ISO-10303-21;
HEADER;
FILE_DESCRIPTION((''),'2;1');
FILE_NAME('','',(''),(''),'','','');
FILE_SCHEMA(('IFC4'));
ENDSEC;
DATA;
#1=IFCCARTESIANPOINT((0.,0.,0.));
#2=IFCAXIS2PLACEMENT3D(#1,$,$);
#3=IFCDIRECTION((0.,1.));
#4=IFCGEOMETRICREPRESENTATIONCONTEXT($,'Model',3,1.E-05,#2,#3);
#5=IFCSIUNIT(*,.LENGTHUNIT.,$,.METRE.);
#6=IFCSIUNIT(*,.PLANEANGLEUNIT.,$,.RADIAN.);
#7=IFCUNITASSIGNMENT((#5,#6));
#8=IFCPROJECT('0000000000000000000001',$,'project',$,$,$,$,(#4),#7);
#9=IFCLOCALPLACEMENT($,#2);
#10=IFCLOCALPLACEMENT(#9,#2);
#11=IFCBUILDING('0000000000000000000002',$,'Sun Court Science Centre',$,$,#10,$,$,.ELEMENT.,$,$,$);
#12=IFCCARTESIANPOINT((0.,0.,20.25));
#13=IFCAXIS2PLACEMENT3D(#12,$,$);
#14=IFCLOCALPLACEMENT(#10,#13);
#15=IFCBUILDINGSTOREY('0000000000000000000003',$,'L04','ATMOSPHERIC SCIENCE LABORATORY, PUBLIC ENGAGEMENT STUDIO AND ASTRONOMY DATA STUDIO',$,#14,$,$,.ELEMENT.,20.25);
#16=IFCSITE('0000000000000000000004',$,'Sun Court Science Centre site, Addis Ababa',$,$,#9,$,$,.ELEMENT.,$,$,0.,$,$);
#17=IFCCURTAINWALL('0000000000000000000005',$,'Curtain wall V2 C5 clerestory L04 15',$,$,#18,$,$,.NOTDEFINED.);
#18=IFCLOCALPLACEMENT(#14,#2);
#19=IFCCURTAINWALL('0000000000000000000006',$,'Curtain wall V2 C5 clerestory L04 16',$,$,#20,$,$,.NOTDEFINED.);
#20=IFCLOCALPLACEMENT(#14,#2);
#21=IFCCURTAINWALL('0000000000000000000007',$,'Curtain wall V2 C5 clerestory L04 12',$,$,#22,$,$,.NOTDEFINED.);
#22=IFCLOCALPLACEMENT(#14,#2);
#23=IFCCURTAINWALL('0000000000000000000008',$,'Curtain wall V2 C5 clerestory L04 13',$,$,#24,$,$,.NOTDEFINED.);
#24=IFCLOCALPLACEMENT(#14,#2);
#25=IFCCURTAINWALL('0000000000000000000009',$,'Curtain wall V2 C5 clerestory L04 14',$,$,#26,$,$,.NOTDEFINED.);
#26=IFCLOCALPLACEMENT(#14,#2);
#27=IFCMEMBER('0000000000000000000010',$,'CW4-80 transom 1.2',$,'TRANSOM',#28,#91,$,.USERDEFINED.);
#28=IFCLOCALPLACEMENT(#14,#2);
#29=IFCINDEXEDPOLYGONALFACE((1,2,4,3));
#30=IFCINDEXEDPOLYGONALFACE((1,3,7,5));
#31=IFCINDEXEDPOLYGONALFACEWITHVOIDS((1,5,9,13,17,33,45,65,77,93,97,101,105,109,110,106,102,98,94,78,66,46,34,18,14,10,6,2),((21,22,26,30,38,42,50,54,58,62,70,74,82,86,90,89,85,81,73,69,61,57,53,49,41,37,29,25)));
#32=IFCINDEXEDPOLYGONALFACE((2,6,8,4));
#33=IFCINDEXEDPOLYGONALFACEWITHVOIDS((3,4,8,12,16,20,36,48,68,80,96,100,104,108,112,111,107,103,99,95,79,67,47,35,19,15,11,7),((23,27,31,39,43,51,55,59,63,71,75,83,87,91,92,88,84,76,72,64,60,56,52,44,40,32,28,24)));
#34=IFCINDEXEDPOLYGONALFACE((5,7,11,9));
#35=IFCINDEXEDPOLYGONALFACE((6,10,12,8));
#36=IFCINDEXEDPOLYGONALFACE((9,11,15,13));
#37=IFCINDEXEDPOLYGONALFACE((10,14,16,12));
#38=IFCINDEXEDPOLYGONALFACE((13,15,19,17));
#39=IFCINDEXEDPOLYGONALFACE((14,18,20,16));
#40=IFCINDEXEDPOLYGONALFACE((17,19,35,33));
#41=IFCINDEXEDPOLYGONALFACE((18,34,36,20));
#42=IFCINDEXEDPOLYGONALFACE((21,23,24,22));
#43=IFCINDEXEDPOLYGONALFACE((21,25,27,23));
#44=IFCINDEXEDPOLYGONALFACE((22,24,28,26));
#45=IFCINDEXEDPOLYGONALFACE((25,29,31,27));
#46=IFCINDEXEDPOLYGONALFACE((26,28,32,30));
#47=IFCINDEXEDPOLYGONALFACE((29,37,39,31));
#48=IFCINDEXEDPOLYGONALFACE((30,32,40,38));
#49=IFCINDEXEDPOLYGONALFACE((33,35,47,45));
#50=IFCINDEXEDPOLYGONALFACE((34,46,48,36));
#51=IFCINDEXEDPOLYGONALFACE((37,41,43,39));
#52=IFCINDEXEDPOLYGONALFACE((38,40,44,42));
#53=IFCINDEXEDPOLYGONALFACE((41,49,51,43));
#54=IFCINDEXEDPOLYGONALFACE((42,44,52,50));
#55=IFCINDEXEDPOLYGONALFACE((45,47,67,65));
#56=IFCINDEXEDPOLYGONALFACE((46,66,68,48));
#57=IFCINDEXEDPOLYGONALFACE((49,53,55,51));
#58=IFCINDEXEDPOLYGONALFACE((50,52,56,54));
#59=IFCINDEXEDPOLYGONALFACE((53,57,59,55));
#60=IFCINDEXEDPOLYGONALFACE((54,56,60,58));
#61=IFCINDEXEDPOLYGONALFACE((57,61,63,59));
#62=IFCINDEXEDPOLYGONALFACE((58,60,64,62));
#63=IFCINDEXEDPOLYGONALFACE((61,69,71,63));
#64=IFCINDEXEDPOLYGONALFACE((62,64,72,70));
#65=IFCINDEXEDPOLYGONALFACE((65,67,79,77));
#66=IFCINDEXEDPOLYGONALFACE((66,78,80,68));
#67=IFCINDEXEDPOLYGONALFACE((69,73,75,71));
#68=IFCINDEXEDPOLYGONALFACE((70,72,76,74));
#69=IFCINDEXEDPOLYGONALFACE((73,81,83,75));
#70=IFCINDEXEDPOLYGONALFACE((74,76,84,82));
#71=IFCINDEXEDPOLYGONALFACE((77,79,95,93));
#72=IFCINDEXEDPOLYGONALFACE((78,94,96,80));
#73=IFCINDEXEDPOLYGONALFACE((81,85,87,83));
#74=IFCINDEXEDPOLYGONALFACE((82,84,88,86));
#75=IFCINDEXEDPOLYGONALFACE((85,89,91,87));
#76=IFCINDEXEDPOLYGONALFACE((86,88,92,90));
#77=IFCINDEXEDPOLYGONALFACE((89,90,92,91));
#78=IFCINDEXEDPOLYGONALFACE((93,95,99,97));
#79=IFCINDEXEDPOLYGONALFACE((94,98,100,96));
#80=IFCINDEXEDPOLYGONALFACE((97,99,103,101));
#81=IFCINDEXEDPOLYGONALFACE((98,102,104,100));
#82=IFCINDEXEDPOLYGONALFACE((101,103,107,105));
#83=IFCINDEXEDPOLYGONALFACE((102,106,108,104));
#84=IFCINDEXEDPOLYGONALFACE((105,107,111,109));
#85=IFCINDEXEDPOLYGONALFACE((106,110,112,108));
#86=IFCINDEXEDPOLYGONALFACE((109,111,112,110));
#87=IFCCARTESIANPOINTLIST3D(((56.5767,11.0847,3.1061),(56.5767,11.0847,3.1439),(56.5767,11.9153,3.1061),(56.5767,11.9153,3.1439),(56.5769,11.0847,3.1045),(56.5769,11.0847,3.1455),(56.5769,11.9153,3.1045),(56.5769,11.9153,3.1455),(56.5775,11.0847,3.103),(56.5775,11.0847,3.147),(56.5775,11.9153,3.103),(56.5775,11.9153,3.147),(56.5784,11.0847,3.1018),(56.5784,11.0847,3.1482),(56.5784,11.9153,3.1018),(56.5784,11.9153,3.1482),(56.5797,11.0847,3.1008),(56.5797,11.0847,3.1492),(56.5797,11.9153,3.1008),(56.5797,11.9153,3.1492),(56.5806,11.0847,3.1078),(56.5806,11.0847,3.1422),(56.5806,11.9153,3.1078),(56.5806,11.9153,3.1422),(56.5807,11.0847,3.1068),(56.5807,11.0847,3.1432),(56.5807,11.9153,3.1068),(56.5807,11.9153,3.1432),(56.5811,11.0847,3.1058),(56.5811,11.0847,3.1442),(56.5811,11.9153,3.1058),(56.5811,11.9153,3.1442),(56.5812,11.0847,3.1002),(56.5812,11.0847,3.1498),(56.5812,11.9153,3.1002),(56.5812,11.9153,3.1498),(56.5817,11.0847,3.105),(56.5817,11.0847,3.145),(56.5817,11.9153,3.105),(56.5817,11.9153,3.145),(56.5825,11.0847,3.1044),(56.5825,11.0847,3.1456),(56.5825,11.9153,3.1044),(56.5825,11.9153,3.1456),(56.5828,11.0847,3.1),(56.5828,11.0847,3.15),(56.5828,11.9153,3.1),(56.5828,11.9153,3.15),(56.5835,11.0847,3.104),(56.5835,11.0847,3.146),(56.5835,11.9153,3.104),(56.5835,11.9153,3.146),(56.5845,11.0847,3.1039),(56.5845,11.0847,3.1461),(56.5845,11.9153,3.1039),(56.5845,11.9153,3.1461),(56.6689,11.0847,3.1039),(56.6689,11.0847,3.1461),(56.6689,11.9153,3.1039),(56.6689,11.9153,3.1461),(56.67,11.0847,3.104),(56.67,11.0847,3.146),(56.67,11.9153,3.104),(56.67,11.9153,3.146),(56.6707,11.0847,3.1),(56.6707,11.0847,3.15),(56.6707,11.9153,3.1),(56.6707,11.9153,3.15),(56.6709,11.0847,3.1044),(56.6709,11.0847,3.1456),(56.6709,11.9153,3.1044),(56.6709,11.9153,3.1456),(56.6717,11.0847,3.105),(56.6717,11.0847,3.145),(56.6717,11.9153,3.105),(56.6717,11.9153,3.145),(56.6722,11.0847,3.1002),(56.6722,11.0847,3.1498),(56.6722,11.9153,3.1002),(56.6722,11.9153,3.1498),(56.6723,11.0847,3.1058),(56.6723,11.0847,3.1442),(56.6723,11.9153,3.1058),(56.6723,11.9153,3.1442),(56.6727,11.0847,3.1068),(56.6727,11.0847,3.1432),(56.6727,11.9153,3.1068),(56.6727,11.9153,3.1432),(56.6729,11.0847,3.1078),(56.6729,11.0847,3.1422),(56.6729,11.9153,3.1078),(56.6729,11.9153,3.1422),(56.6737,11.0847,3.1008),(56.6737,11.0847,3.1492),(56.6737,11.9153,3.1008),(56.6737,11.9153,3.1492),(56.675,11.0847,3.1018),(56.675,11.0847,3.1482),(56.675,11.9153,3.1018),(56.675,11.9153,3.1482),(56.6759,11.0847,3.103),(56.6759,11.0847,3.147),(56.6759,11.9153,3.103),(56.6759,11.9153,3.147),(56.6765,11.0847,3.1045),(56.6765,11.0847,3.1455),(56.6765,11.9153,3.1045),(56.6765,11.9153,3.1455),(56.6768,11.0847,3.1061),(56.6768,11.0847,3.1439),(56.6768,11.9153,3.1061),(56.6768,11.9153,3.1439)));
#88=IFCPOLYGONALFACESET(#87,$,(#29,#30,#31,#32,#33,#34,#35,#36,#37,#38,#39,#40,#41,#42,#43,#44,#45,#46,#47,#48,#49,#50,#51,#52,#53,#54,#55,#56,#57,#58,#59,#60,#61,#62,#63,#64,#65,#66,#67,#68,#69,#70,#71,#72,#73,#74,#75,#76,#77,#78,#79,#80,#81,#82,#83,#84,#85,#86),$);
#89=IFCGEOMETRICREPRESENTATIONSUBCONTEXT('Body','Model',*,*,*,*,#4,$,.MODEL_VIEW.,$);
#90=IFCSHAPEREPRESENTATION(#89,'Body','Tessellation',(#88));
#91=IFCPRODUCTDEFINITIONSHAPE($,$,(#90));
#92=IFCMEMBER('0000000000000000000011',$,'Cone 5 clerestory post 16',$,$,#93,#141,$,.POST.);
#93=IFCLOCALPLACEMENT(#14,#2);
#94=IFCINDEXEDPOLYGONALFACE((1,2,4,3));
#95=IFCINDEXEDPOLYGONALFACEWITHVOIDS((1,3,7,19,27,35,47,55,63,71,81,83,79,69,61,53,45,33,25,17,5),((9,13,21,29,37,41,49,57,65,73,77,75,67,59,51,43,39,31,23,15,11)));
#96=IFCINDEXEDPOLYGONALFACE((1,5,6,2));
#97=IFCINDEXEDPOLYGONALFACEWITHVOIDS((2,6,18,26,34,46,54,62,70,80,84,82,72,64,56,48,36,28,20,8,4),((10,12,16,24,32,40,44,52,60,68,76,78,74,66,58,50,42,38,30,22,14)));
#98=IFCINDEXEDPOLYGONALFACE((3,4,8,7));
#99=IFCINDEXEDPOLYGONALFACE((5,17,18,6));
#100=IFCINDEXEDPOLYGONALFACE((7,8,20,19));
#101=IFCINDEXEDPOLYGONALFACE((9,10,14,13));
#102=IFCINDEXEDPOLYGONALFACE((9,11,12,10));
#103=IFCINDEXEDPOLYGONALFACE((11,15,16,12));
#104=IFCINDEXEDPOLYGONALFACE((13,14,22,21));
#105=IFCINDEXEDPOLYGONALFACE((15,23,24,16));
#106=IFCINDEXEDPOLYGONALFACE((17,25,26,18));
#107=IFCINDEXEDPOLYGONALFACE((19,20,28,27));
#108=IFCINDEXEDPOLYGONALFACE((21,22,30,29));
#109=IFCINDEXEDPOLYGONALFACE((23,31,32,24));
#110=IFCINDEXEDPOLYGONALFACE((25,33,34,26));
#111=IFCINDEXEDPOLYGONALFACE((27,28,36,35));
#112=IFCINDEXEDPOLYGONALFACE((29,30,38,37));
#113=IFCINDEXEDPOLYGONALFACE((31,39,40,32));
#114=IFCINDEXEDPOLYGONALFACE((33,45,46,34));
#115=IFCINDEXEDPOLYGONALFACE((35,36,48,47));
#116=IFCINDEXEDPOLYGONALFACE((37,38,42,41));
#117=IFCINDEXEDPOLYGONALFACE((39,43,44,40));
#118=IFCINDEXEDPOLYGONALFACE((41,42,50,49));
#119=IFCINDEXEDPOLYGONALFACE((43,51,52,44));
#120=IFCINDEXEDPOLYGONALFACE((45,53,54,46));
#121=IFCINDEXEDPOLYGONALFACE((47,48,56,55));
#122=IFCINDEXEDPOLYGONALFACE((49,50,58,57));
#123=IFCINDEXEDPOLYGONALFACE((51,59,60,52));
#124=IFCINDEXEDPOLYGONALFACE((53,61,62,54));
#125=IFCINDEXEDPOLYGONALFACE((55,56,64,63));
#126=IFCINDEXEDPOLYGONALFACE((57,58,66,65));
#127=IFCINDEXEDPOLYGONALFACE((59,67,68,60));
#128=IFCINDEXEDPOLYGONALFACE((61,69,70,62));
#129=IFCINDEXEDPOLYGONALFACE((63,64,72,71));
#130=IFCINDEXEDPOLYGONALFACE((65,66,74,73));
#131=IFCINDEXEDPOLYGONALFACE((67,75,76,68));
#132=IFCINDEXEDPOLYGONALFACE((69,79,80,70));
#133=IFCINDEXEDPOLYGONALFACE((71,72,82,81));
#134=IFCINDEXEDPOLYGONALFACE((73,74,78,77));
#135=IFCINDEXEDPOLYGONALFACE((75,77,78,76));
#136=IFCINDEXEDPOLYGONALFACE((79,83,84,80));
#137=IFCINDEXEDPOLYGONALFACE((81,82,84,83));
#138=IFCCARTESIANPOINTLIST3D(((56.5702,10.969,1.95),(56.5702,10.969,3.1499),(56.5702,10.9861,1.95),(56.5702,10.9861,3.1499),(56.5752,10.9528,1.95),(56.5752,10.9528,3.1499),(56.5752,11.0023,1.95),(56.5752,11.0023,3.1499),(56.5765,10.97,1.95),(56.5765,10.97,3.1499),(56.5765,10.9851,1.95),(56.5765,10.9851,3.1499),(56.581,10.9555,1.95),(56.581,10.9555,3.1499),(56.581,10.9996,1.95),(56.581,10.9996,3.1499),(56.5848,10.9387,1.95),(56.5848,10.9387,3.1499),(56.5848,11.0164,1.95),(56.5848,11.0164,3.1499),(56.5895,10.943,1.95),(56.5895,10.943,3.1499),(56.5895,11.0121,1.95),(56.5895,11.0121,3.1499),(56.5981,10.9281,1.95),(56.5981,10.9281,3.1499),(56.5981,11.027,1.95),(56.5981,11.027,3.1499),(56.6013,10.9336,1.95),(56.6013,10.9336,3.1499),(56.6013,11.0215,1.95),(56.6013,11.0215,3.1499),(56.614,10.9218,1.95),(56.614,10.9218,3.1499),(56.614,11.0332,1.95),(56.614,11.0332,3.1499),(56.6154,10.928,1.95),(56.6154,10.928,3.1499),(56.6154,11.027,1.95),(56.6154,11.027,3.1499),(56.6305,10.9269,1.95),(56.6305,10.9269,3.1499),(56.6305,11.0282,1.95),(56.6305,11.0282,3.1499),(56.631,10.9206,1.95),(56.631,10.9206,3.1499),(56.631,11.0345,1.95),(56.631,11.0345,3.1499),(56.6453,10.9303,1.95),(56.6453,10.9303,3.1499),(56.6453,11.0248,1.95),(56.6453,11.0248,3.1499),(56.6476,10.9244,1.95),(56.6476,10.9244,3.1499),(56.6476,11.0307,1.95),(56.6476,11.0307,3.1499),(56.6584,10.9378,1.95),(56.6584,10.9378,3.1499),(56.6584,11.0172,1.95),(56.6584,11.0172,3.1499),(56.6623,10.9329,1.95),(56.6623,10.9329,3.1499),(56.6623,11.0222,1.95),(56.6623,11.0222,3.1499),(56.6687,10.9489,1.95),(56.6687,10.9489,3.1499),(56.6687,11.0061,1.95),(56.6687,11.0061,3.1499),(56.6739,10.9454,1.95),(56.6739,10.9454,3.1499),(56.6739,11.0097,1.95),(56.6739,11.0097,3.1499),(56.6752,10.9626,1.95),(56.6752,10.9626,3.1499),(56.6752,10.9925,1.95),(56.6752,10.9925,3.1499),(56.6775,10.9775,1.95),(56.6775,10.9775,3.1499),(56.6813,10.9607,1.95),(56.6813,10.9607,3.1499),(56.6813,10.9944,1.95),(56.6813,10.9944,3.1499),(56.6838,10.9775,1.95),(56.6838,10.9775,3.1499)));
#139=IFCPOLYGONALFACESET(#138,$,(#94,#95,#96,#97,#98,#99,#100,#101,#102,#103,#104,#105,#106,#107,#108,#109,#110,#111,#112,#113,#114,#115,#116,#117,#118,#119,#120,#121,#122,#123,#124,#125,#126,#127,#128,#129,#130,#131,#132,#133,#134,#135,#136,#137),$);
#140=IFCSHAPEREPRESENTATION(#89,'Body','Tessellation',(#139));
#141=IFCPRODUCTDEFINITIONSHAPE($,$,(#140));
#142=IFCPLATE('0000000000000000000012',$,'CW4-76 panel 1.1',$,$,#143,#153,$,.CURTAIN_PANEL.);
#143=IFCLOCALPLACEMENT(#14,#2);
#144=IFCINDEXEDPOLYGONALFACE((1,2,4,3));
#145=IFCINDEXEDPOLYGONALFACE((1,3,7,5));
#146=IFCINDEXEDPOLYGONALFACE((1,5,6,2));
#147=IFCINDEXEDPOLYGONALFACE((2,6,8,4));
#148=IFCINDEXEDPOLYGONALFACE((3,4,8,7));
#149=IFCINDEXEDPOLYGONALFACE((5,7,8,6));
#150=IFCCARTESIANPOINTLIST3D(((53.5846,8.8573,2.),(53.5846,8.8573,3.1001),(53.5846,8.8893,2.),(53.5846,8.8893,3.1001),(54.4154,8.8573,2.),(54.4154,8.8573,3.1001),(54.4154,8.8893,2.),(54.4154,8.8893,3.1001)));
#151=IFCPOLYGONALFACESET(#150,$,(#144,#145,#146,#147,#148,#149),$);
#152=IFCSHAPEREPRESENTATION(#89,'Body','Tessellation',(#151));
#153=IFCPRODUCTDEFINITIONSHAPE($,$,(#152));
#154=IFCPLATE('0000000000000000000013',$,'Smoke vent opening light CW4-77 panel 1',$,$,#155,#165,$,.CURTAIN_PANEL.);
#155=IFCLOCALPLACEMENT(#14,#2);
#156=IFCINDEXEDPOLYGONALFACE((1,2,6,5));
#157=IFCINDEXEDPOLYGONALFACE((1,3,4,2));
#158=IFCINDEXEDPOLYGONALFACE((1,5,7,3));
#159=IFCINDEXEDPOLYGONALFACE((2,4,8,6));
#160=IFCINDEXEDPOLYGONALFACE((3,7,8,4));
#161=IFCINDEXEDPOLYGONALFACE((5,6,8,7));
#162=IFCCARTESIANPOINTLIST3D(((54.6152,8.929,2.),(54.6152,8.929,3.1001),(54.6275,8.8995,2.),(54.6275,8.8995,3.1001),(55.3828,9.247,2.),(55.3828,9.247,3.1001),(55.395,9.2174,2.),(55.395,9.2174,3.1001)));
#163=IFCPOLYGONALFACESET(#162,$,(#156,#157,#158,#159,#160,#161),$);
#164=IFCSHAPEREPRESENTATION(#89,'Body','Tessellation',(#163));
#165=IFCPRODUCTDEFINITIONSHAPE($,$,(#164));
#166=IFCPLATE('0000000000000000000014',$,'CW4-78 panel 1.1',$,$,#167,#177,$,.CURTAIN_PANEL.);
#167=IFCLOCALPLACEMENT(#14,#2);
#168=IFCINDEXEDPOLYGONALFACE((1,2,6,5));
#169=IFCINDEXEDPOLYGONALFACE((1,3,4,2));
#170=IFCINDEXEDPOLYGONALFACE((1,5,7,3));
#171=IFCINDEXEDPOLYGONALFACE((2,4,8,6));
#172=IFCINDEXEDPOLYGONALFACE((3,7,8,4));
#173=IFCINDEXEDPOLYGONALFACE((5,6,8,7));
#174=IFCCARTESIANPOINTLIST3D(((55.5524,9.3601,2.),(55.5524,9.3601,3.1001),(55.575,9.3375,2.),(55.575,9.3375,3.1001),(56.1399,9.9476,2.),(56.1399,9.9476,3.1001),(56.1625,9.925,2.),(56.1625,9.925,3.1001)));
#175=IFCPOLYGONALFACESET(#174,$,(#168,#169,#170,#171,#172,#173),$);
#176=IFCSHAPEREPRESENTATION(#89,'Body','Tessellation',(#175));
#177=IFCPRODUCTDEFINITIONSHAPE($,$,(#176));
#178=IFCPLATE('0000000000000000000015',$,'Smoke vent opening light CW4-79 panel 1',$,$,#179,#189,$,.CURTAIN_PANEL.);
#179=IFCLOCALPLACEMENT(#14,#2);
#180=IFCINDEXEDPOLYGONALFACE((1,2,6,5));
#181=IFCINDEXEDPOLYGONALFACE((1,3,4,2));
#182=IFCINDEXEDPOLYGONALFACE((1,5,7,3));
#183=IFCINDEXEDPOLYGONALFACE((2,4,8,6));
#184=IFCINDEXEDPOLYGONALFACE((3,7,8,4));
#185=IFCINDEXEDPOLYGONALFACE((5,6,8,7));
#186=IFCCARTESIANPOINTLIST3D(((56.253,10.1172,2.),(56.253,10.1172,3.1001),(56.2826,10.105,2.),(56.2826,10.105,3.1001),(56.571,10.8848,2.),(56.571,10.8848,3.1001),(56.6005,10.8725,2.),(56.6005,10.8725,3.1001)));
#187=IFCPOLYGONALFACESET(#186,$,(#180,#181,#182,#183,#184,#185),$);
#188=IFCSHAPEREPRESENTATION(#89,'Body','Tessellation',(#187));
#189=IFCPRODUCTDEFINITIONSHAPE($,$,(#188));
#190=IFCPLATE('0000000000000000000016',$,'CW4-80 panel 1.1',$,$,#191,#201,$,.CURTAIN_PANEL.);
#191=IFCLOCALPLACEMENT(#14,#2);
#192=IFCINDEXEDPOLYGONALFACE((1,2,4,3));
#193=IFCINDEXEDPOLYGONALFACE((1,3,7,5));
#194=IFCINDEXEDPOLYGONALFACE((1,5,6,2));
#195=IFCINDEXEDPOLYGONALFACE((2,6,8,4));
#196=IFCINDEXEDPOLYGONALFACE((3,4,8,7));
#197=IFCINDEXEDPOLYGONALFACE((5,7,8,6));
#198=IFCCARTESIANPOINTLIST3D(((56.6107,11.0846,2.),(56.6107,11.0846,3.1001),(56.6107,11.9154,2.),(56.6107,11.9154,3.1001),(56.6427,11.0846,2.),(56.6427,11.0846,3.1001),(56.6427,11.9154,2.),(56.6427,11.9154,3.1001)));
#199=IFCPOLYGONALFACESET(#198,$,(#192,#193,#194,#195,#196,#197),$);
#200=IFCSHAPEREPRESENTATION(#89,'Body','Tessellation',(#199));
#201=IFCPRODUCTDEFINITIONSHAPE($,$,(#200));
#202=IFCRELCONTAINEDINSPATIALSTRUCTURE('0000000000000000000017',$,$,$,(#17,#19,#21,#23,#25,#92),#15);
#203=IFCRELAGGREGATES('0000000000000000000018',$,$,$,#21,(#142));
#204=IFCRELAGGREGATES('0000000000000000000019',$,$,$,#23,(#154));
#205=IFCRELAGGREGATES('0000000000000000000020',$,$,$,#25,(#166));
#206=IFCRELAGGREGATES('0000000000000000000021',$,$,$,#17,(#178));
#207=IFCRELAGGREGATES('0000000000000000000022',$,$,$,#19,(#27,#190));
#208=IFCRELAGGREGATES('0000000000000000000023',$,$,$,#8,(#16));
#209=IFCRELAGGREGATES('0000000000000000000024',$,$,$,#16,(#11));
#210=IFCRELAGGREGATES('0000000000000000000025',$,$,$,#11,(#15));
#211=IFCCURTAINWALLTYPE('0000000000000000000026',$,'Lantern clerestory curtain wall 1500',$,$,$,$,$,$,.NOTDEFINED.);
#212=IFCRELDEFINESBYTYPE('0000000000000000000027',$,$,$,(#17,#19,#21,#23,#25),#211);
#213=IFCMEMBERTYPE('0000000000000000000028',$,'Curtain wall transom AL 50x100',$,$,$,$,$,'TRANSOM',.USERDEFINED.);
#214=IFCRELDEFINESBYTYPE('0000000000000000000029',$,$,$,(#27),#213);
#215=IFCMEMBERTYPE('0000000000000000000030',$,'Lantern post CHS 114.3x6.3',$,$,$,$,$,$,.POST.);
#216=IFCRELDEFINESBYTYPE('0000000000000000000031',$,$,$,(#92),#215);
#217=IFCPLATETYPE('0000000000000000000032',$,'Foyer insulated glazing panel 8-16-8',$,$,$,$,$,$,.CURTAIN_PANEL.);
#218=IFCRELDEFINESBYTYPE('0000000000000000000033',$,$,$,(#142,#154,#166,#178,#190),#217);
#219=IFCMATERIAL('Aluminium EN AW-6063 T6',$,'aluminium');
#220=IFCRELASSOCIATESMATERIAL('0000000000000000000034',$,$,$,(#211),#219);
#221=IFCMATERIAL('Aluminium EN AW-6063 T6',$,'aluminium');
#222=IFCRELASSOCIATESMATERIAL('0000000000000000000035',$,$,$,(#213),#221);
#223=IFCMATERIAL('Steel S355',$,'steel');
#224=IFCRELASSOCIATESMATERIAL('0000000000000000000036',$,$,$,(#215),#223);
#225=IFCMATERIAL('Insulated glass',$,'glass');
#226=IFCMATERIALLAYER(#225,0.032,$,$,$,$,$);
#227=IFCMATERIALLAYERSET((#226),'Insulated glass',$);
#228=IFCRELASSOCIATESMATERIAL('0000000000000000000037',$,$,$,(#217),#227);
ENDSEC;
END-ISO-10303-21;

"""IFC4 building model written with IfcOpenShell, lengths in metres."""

from ifc_helpers import new_model, si_unit, direction, frame, origin, origin_2d, place, context, subcontext, project, spatial, rectangle, hollow_rectangle, hollow_circle, extrude, material, layer, layer_set, material_profile, profile_set, type_object, element, aggregate, save


model = new_model("IFC4")

# Units and contexts
model_context = context("Model", 3, precision=1e-05, world=origin(), true_north=direction((0.0, 1.0)))
body_context = subcontext(model_context, "Body", "Model", "MODEL_VIEW")
ifc_project = project(units=[si_unit("LENGTHUNIT", "METRE"), si_unit("PLANEANGLEUNIT", "RADIAN")], contexts=[model_context])

# Site, building, storey
site_placement = place(None, origin())
site = spatial("IfcSite", under=ifc_project, at=site_placement, Name="Sun Court Science Centre site, Addis Ababa", CompositionType="ELEMENT", RefElevation=0.0)
building_placement = place(site_placement, origin())
building = spatial("IfcBuilding", under=site, at=building_placement, Name="Sun Court Science Centre", CompositionType="ELEMENT")
storey_placement = place(building_placement, frame((0.0, 0.0, 20.25)))
storey = spatial("IfcBuildingStorey", under=building, at=storey_placement, Name="L04", Description="ATMOSPHERIC SCIENCE LABORATORY, PUBLIC ENGAGEMENT STUDIO AND ASTRONOMY DATA STUDIO", CompositionType="ELEMENT", Elevation=20.25)

# Curtain wall
ifc_material_1 = material(Name="Aluminium EN AW-6063 T6", Category="aluminium")
curtain_wall_type = type_object("IfcCurtainWallType", Name="Lantern clerestory curtain wall 1500", PredefinedType="NOTDEFINED", material=ifc_material_1)
curtain_wall_1_placement = place(storey_placement, origin())
curtain_wall_1 = element("IfcCurtainWall", 1, at=curtain_wall_1_placement, inside=storey, type_object=curtain_wall_type, Name="Curtain wall V2 C5 clerestory L04 15", PredefinedType="NOTDEFINED")

# Curtain walls
curtain_wall_2_placement = place(storey_placement, origin())
curtain_wall_2 = element("IfcCurtainWall", 2, at=curtain_wall_2_placement, inside=storey, type_object=curtain_wall_type, Name="Curtain wall V2 C5 clerestory L04 16", PredefinedType="NOTDEFINED")
curtain_wall_3_placement = place(storey_placement, origin())
curtain_wall_3 = element("IfcCurtainWall", 3, at=curtain_wall_3_placement, inside=storey, type_object=curtain_wall_type, Name="Curtain wall V2 C5 clerestory L04 12", PredefinedType="NOTDEFINED")
ifc_material_2 = material(Name="Aluminium EN AW-6063 T6", Category="aluminium")
ifc_material_profile_1 = material_profile(ifc_material_2, hollow_rectangle(XDim=0.05, YDim=0.1001, WallThickness=0.0039, InnerFilletRadius=0.0039, OuterFilletRadius=0.0061, at=origin_2d()), Name="AL 50x100x4")
ifc_profile_set_1 = profile_set([ifc_material_profile_1], Name="Aluminium EN AW-6063 T6")
member_type_1 = type_object("IfcMemberType", Name="Curtain wall transom AL 50x100", ElementType="TRANSOM", PredefinedType="USERDEFINED", material=ifc_profile_set_1)
curtain_wall_4_placement = place(storey_placement, origin())
curtain_wall_4 = element("IfcCurtainWall", 4, at=curtain_wall_4_placement, inside=storey, type_object=curtain_wall_type, Name="Curtain wall V2 C5 clerestory L04 13", PredefinedType="NOTDEFINED")
curtain_wall_5_placement = place(storey_placement, origin())
curtain_wall_5 = element("IfcCurtainWall", 5, at=curtain_wall_5_placement, inside=storey, type_object=curtain_wall_type, Name="Curtain wall V2 C5 clerestory L04 14", PredefinedType="NOTDEFINED")

# Members
member_1_placement = place(storey_placement, frame((56.6267, 11.9153, 3.125), z_axis=(0.0, -1.0, 0.0), x_axis=(0.0, 0.0, 1.0)))
member_1 = element("IfcMember", 6, at=member_1_placement, type_object=member_type_1, Name="CW4-80 transom 1.2", ObjectType="TRANSOM", PredefinedType="USERDEFINED", context=body_context, shape_type="SweptSolid", body=[
    extrude(hollow_rectangle(XDim=0.05, YDim=0.1001, WallThickness=0.0039, InnerFilletRadius=0.0039, OuterFilletRadius=0.0061, at=origin_2d()), origin(), (0.0, 0.0, 1.0), 0.8306),
])
ifc_material_3 = material(Name="Steel S355", Category="steel")
ifc_material_profile_2 = material_profile(ifc_material_3, hollow_circle(Radius=0.0571, WallThickness=0.0063, at=origin_2d()), Name="CHS 114.3x6.3")
ifc_profile_set_2 = profile_set([ifc_material_profile_2], Name="Steel S355")
member_type_2 = type_object("IfcMemberType", Name="Lantern post CHS 114.3x6.3", PredefinedType="POST", material=ifc_profile_set_2)
member_2_placement = place(storey_placement, frame((56.6267, 10.9775, 1.95), z_axis=(0.0, 0.0, 1.0), x_axis=(1.0, 0.0, 0.0)))
element("IfcMember", 7, at=member_2_placement, inside=storey, type_object=member_type_2, Name="Cone 5 clerestory post 16", PredefinedType="POST", context=body_context, shape_type="SweptSolid", body=[
    extrude(hollow_circle(Radius=0.0571, WallThickness=0.0063, at=origin_2d()), origin(), (0.0, 0.0, 1.0), 1.2),
])

# Plates
ifc_material_4 = material(Name="Insulated glass", Category="glass")
ifc_layer = layer(ifc_material_4, 0.032)
ifc_layer_set = layer_set([ifc_layer], Name="Insulated glass")
plate_type = type_object("IfcPlateType", Name="Foyer insulated glazing panel 8-16-8", PredefinedType="CURTAIN_PANEL", material=ifc_layer_set)
plate_1_placement = place(storey_placement, frame((54.0, 8.8733, 2.0), z_axis=(0.0, 0.0, 1.0), x_axis=(-1.0, 0.0, 0.0)))
plate_1 = element("IfcPlate", 8, at=plate_1_placement, type_object=plate_type, Name="CW4-76 panel 1.1", PredefinedType="CURTAIN_PANEL", context=body_context, shape_type="SweptSolid", body=[
    extrude(rectangle(XDim=0.8308, YDim=0.032, at=origin_2d()), origin(), (0.0, 0.0, 1.0), 1.1001),
])
aggregate(curtain_wall_3, [plate_1])
plate_2_placement = place(storey_placement, frame((55.0051, 9.0732, 2.0), z_axis=(0.0, 0.0, 1.0), x_axis=(-0.92388, -0.382683, 0.0)))
plate_2 = element("IfcPlate", 9, at=plate_2_placement, type_object=plate_type, Name="Smoke vent opening light CW4-77 panel 1", PredefinedType="CURTAIN_PANEL", context=body_context, shape_type="SweptSolid", body=[
    extrude(rectangle(XDim=0.8308, YDim=0.032, at=origin_2d()), origin(), (0.0, 0.0, 1.0), 1.1001),
])
aggregate(curtain_wall_4, [plate_2])
plate_3_placement = place(storey_placement, frame((55.8574, 9.6426, 2.0), z_axis=(0.0, 0.0, 1.0), x_axis=(-0.707107, -0.707107, 0.0)))
plate_3 = element("IfcPlate", 10, at=plate_3_placement, type_object=plate_type, Name="CW4-78 panel 1.1", PredefinedType="CURTAIN_PANEL", context=body_context, shape_type="SweptSolid", body=[
    extrude(rectangle(XDim=0.8308, YDim=0.032, at=origin_2d()), origin(), (0.0, 0.0, 1.0), 1.1001),
])
aggregate(curtain_wall_5, [plate_3])
plate_4_placement = place(storey_placement, frame((56.4268, 10.4949, 2.0), z_axis=(0.0, 0.0, 1.0), x_axis=(-0.382683, -0.92388, 0.0)))
plate_4 = element("IfcPlate", 11, at=plate_4_placement, type_object=plate_type, Name="Smoke vent opening light CW4-79 panel 1", PredefinedType="CURTAIN_PANEL", context=body_context, shape_type="SweptSolid", body=[
    extrude(rectangle(XDim=0.8308, YDim=0.032, at=origin_2d()), origin(), (0.0, 0.0, 1.0), 1.1001),
])
aggregate(curtain_wall_1, [plate_4])
plate_5_placement = place(storey_placement, frame((56.6267, 11.5, 2.0), z_axis=(0.0, 0.0, 1.0), x_axis=(0.0, -1.0, 0.0)))
plate_5 = element("IfcPlate", 12, at=plate_5_placement, type_object=plate_type, Name="CW4-80 panel 1.1", PredefinedType="CURTAIN_PANEL", context=body_context, shape_type="SweptSolid", body=[
    extrude(rectangle(XDim=0.8308, YDim=0.032, at=origin_2d()), origin(), (0.0, 0.0, 1.0), 1.1001),
])
aggregate(curtain_wall_2, [member_1, plate_5])

save(model, "model.ifc")
